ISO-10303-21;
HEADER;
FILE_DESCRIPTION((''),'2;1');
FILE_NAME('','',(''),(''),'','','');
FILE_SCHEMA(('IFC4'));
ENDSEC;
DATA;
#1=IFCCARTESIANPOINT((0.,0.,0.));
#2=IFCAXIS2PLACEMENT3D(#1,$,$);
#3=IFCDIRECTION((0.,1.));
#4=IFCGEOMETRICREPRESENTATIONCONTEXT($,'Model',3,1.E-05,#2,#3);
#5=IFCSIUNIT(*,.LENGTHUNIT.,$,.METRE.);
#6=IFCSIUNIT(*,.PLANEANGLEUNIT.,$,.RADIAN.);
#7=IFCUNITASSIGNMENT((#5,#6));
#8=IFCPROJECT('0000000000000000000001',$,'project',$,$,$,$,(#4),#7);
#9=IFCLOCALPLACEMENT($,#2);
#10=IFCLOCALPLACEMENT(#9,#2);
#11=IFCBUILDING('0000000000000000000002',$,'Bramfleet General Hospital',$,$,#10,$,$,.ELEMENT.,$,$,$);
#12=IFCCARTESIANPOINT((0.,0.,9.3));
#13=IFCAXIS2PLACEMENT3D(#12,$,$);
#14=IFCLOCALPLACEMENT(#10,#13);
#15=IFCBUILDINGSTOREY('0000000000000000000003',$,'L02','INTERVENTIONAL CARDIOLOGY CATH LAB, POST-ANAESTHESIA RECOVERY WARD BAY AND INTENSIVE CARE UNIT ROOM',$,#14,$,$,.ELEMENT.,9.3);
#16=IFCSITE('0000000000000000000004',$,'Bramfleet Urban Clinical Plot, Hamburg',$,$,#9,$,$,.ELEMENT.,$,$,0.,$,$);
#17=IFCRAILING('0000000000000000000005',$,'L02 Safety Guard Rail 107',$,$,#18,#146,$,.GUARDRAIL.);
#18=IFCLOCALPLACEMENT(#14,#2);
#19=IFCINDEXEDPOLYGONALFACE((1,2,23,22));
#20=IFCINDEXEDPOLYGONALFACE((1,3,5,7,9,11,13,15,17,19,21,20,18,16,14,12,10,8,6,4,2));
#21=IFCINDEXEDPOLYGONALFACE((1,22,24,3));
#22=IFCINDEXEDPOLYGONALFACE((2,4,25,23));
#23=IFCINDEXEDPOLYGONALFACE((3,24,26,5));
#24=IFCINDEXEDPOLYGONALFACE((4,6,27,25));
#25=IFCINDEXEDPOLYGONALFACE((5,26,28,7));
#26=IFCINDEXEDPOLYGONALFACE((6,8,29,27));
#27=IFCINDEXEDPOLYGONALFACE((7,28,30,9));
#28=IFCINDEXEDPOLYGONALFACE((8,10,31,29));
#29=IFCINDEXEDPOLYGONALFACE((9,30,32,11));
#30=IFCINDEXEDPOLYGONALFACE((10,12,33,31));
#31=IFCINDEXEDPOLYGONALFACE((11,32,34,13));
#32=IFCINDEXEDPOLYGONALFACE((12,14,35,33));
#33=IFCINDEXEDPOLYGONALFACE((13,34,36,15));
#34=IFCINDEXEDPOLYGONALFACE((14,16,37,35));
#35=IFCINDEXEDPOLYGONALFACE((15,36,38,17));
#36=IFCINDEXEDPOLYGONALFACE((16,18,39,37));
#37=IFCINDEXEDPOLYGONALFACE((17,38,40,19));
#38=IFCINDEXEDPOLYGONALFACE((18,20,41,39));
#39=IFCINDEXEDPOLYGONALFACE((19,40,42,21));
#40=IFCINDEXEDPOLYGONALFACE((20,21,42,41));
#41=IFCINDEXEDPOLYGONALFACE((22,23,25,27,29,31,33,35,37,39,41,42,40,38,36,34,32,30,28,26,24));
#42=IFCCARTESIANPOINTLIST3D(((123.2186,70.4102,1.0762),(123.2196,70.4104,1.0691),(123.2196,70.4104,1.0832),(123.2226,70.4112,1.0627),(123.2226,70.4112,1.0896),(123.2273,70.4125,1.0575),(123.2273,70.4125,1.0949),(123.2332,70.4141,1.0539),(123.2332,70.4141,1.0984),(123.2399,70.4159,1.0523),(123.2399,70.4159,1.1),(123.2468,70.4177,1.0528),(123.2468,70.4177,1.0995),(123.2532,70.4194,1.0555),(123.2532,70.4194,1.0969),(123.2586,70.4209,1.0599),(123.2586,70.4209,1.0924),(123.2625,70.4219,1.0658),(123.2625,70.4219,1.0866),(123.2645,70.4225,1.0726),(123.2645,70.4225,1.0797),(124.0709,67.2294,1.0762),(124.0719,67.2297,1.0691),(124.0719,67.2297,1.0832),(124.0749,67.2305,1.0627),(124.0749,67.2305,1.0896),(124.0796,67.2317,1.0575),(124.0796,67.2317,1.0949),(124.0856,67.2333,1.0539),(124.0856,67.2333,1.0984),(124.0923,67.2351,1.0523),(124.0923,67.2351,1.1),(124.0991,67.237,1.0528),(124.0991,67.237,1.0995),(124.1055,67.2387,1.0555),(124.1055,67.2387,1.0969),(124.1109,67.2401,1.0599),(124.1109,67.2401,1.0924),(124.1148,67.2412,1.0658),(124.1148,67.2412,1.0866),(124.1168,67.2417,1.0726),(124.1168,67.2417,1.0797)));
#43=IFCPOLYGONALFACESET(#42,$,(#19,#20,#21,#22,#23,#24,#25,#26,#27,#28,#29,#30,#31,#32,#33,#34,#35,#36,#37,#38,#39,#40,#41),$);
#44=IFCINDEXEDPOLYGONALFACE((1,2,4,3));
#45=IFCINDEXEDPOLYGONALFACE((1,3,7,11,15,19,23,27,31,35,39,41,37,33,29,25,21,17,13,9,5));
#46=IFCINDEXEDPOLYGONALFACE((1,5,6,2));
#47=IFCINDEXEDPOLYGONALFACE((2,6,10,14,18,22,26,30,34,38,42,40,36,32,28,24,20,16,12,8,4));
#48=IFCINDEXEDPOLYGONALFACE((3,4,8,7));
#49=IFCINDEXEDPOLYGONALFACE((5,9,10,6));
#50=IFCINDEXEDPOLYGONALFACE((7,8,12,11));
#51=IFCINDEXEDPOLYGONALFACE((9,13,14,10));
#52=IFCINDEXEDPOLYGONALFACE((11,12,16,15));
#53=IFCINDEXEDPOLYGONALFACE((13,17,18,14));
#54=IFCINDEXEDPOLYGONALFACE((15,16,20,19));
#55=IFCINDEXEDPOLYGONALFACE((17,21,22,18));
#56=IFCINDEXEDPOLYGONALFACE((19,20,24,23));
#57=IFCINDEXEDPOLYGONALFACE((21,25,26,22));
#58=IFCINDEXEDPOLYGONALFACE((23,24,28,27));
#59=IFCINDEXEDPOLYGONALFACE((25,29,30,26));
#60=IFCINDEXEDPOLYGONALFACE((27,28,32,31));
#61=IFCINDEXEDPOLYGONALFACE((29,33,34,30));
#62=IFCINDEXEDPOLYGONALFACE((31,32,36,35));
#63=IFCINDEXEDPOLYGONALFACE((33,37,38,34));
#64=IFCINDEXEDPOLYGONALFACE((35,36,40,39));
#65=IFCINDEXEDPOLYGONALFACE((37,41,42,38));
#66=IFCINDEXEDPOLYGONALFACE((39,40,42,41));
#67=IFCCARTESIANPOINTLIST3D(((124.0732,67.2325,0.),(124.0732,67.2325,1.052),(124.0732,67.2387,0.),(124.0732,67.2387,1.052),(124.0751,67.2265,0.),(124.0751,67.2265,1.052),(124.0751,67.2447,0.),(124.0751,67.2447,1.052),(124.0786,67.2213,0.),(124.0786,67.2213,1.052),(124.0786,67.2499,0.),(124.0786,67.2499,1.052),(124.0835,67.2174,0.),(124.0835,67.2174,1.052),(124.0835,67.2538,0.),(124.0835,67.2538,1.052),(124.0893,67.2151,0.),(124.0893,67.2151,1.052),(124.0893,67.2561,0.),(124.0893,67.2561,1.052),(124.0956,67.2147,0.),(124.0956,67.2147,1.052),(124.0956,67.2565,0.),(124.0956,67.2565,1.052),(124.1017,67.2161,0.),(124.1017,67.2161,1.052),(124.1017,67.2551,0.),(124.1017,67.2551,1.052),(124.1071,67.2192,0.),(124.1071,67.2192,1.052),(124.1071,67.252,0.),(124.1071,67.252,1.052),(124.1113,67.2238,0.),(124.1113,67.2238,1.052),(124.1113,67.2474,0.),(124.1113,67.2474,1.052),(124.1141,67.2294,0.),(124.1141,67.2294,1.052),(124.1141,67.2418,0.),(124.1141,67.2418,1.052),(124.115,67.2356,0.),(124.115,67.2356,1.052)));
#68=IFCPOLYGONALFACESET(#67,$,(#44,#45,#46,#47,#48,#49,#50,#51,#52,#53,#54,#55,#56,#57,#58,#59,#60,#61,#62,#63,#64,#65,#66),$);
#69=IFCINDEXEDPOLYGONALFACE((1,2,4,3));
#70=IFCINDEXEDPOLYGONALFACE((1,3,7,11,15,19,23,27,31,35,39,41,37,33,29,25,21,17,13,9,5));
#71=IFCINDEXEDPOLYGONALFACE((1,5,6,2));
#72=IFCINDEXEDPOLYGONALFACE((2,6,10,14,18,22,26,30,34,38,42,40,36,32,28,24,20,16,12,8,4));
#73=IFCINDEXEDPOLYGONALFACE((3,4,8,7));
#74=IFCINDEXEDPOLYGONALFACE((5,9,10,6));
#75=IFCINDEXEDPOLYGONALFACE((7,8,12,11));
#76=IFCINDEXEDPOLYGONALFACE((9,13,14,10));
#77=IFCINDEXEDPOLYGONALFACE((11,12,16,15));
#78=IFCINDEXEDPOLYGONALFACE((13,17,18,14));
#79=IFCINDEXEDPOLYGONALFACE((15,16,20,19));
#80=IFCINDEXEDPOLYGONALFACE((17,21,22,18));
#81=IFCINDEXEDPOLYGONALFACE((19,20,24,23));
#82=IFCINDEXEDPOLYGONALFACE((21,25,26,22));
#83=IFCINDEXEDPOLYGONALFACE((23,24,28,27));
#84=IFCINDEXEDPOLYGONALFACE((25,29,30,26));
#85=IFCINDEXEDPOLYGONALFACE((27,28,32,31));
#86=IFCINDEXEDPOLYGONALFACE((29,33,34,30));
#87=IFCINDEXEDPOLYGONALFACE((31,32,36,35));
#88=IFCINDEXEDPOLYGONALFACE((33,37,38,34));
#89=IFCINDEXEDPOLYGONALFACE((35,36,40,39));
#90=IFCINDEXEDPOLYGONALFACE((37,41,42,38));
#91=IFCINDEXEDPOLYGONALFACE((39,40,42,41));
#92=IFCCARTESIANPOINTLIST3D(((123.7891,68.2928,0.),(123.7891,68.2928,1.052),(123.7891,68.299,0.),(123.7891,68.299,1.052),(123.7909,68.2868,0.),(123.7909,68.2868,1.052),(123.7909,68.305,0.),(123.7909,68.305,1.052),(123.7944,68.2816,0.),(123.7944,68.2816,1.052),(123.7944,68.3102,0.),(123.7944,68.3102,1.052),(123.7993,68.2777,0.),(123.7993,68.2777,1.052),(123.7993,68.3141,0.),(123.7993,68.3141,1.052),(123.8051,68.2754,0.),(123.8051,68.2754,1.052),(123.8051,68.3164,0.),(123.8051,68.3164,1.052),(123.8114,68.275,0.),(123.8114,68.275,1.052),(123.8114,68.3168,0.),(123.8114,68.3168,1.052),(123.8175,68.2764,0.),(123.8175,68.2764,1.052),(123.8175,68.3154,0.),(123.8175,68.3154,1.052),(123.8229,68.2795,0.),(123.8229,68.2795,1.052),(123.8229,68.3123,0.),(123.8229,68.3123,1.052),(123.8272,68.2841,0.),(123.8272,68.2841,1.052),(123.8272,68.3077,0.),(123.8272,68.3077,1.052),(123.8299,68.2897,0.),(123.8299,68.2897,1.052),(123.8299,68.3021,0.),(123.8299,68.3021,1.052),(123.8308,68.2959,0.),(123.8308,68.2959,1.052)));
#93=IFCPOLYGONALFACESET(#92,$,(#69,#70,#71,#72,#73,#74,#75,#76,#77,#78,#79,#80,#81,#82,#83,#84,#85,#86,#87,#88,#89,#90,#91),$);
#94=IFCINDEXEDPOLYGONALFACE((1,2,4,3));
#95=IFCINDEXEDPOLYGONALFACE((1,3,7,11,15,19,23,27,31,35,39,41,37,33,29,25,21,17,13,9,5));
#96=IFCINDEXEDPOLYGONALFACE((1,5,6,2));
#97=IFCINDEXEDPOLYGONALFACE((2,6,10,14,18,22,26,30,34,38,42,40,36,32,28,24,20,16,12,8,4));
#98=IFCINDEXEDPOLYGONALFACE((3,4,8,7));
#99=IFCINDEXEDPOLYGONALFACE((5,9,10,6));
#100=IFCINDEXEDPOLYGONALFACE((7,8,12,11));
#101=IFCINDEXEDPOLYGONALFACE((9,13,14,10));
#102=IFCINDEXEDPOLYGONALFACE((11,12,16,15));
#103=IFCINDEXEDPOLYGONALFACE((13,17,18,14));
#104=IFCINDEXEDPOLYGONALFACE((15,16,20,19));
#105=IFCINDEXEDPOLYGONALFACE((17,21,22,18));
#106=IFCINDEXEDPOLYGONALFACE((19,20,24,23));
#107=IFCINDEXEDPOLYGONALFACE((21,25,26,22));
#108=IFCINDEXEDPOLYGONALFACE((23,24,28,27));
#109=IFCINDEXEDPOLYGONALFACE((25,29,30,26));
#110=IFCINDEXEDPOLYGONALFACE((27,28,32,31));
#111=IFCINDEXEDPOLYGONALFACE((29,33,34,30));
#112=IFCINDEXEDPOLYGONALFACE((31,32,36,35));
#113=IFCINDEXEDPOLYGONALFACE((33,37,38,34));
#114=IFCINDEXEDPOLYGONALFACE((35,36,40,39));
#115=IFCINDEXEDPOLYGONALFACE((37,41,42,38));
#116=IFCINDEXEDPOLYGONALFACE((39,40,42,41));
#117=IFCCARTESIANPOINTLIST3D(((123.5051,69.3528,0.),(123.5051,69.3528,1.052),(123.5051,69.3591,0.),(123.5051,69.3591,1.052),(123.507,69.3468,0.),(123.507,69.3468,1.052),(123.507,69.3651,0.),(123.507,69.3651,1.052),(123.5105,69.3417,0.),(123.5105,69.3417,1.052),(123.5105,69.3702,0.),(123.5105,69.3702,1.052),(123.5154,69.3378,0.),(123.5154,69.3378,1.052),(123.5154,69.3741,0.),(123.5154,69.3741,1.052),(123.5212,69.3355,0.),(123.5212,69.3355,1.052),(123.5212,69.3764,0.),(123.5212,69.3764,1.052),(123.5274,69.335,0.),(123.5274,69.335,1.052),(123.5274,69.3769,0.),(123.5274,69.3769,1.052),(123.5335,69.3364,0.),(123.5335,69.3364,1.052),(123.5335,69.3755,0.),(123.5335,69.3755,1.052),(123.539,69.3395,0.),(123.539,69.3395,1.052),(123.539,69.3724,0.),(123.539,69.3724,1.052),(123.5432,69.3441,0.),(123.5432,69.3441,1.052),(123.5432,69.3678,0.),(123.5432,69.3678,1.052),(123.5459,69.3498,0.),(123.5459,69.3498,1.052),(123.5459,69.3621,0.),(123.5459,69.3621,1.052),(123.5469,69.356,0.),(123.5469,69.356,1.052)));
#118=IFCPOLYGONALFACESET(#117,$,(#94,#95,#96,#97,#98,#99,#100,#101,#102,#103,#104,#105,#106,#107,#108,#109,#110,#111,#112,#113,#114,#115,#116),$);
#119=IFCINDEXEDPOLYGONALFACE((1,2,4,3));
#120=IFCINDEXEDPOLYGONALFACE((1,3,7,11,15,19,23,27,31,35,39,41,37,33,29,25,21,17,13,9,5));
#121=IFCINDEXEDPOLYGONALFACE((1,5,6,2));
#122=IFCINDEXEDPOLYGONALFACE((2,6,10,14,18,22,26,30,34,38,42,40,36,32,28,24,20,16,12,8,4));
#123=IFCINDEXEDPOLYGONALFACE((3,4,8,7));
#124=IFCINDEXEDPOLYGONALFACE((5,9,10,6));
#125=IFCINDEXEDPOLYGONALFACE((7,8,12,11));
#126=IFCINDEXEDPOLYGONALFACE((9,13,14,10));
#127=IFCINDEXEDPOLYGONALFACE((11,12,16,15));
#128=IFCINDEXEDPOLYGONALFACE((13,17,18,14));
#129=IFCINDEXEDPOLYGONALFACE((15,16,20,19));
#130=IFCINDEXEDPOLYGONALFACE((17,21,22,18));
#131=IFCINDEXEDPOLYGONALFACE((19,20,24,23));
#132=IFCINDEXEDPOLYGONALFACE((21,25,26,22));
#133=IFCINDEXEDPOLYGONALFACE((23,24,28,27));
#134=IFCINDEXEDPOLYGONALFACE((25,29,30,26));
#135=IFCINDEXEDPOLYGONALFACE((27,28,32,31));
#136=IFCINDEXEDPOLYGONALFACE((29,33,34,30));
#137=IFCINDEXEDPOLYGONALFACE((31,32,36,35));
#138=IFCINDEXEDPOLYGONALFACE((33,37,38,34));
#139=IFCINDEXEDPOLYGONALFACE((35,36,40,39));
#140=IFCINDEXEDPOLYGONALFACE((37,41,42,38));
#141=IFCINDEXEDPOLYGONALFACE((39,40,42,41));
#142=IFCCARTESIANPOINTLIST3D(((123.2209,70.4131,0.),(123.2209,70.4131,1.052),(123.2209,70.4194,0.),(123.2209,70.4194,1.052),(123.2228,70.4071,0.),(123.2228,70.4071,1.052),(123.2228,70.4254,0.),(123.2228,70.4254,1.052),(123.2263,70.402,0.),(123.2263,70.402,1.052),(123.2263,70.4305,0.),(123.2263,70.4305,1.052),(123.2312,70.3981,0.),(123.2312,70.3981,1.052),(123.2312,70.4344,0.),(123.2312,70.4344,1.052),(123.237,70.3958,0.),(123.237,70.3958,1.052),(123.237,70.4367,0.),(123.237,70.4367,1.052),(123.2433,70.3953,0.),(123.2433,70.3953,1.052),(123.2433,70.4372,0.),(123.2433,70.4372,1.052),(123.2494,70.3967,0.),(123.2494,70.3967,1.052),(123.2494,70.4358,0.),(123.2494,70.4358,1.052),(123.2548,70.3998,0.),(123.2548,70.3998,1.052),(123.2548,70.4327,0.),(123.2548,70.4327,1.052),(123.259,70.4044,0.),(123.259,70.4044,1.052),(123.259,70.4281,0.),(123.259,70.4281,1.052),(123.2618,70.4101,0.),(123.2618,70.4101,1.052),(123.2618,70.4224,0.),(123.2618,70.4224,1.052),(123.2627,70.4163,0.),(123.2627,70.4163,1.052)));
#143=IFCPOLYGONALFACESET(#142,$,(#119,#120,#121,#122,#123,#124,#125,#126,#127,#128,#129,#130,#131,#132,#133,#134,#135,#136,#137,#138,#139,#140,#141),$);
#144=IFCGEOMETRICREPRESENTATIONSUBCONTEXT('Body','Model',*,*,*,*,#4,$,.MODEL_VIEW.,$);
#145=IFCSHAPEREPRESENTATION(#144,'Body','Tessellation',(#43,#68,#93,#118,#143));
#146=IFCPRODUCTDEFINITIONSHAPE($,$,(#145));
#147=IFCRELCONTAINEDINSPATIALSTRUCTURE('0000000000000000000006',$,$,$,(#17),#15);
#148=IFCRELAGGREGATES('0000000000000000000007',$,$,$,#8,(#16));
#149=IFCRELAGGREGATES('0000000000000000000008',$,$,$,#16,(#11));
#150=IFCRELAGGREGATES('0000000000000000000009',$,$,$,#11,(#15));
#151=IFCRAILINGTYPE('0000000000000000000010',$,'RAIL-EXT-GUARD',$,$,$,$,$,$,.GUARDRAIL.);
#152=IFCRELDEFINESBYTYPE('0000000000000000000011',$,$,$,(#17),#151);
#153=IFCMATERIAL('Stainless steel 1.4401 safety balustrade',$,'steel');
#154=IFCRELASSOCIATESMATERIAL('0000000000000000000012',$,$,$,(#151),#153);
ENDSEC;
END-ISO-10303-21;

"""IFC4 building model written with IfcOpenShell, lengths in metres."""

from ifc_helpers import new_model, si_unit, direction, frame, origin, origin_2d, place, context, subcontext, project, spatial, circle, extrude, material, type_object, element, save


model = new_model("IFC4")

# Units and contexts
model_context = context("Model", 3, precision=1e-05, world=origin(), true_north=direction((0.0, 1.0)))
body_context = subcontext(model_context, "Body", "Model", "MODEL_VIEW")
ifc_project = project(units=[si_unit("LENGTHUNIT", "METRE"), si_unit("PLANEANGLEUNIT", "RADIAN")], contexts=[model_context])

# Site, building, storey
site_placement = place(None, origin())
site = spatial("IfcSite", under=ifc_project, at=site_placement, Name="Bramfleet Urban Clinical Plot, Hamburg", CompositionType="ELEMENT", RefElevation=0.0)
building_placement = place(site_placement, origin())
building = spatial("IfcBuilding", under=site, at=building_placement, Name="Bramfleet General Hospital", CompositionType="ELEMENT")
storey_placement = place(building_placement, frame((0.0, 0.0, 9.3)))
storey = spatial("IfcBuildingStorey", under=building, at=storey_placement, Name="L02", Description="INTERVENTIONAL CARDIOLOGY CATH LAB, POST-ANAESTHESIA RECOVERY WARD BAY AND INTENSIVE CARE UNIT ROOM", CompositionType="ELEMENT", Elevation=9.3)

# Railing
ifc_material_1 = material(Name="Stainless steel 1.4401 safety balustrade", Category="steel")
railing_type = type_object("IfcRailingType", Name="RAIL-EXT-GUARD", PredefinedType="GUARDRAIL", material=ifc_material_1)
railing_1_placement = place(storey_placement, frame((124.094, 67.2356, 0.0)))
element("IfcRailing", 1, at=railing_1_placement, inside=storey, type_object=railing_type, Name="L02 Safety Guard Rail 107", PredefinedType="GUARDRAIL", context=body_context, shape_type="SweptSolid", body=[
    extrude(circle(Radius=0.0239, at=origin_2d()), frame((0.0, 0.0, 1.0762), z_axis=(-0.25883, 0.965923, 0.0), x_axis=(-0.965923, -0.25883, 0.0)), (0.0, 0.0, 1.0), 3.293),
    extrude(circle(Radius=0.021, at=origin_2d()), origin(), (0.0, 0.0, 1.0), 1.052),
    extrude(circle(Radius=0.021, at=origin_2d()), frame((-0.2842, 1.0603, 0.0)), (0.0, 0.0, 1.0), 1.052),
    extrude(circle(Radius=0.021, at=origin_2d()), frame((-0.5681, 2.1204, 0.0)), (0.0, 0.0, 1.0), 1.052),
    extrude(circle(Radius=0.021, at=origin_2d()), frame((-0.8523, 3.1807, 0.0)), (0.0, 0.0, 1.0), 1.052),
])

save(model, "model.ifc")
